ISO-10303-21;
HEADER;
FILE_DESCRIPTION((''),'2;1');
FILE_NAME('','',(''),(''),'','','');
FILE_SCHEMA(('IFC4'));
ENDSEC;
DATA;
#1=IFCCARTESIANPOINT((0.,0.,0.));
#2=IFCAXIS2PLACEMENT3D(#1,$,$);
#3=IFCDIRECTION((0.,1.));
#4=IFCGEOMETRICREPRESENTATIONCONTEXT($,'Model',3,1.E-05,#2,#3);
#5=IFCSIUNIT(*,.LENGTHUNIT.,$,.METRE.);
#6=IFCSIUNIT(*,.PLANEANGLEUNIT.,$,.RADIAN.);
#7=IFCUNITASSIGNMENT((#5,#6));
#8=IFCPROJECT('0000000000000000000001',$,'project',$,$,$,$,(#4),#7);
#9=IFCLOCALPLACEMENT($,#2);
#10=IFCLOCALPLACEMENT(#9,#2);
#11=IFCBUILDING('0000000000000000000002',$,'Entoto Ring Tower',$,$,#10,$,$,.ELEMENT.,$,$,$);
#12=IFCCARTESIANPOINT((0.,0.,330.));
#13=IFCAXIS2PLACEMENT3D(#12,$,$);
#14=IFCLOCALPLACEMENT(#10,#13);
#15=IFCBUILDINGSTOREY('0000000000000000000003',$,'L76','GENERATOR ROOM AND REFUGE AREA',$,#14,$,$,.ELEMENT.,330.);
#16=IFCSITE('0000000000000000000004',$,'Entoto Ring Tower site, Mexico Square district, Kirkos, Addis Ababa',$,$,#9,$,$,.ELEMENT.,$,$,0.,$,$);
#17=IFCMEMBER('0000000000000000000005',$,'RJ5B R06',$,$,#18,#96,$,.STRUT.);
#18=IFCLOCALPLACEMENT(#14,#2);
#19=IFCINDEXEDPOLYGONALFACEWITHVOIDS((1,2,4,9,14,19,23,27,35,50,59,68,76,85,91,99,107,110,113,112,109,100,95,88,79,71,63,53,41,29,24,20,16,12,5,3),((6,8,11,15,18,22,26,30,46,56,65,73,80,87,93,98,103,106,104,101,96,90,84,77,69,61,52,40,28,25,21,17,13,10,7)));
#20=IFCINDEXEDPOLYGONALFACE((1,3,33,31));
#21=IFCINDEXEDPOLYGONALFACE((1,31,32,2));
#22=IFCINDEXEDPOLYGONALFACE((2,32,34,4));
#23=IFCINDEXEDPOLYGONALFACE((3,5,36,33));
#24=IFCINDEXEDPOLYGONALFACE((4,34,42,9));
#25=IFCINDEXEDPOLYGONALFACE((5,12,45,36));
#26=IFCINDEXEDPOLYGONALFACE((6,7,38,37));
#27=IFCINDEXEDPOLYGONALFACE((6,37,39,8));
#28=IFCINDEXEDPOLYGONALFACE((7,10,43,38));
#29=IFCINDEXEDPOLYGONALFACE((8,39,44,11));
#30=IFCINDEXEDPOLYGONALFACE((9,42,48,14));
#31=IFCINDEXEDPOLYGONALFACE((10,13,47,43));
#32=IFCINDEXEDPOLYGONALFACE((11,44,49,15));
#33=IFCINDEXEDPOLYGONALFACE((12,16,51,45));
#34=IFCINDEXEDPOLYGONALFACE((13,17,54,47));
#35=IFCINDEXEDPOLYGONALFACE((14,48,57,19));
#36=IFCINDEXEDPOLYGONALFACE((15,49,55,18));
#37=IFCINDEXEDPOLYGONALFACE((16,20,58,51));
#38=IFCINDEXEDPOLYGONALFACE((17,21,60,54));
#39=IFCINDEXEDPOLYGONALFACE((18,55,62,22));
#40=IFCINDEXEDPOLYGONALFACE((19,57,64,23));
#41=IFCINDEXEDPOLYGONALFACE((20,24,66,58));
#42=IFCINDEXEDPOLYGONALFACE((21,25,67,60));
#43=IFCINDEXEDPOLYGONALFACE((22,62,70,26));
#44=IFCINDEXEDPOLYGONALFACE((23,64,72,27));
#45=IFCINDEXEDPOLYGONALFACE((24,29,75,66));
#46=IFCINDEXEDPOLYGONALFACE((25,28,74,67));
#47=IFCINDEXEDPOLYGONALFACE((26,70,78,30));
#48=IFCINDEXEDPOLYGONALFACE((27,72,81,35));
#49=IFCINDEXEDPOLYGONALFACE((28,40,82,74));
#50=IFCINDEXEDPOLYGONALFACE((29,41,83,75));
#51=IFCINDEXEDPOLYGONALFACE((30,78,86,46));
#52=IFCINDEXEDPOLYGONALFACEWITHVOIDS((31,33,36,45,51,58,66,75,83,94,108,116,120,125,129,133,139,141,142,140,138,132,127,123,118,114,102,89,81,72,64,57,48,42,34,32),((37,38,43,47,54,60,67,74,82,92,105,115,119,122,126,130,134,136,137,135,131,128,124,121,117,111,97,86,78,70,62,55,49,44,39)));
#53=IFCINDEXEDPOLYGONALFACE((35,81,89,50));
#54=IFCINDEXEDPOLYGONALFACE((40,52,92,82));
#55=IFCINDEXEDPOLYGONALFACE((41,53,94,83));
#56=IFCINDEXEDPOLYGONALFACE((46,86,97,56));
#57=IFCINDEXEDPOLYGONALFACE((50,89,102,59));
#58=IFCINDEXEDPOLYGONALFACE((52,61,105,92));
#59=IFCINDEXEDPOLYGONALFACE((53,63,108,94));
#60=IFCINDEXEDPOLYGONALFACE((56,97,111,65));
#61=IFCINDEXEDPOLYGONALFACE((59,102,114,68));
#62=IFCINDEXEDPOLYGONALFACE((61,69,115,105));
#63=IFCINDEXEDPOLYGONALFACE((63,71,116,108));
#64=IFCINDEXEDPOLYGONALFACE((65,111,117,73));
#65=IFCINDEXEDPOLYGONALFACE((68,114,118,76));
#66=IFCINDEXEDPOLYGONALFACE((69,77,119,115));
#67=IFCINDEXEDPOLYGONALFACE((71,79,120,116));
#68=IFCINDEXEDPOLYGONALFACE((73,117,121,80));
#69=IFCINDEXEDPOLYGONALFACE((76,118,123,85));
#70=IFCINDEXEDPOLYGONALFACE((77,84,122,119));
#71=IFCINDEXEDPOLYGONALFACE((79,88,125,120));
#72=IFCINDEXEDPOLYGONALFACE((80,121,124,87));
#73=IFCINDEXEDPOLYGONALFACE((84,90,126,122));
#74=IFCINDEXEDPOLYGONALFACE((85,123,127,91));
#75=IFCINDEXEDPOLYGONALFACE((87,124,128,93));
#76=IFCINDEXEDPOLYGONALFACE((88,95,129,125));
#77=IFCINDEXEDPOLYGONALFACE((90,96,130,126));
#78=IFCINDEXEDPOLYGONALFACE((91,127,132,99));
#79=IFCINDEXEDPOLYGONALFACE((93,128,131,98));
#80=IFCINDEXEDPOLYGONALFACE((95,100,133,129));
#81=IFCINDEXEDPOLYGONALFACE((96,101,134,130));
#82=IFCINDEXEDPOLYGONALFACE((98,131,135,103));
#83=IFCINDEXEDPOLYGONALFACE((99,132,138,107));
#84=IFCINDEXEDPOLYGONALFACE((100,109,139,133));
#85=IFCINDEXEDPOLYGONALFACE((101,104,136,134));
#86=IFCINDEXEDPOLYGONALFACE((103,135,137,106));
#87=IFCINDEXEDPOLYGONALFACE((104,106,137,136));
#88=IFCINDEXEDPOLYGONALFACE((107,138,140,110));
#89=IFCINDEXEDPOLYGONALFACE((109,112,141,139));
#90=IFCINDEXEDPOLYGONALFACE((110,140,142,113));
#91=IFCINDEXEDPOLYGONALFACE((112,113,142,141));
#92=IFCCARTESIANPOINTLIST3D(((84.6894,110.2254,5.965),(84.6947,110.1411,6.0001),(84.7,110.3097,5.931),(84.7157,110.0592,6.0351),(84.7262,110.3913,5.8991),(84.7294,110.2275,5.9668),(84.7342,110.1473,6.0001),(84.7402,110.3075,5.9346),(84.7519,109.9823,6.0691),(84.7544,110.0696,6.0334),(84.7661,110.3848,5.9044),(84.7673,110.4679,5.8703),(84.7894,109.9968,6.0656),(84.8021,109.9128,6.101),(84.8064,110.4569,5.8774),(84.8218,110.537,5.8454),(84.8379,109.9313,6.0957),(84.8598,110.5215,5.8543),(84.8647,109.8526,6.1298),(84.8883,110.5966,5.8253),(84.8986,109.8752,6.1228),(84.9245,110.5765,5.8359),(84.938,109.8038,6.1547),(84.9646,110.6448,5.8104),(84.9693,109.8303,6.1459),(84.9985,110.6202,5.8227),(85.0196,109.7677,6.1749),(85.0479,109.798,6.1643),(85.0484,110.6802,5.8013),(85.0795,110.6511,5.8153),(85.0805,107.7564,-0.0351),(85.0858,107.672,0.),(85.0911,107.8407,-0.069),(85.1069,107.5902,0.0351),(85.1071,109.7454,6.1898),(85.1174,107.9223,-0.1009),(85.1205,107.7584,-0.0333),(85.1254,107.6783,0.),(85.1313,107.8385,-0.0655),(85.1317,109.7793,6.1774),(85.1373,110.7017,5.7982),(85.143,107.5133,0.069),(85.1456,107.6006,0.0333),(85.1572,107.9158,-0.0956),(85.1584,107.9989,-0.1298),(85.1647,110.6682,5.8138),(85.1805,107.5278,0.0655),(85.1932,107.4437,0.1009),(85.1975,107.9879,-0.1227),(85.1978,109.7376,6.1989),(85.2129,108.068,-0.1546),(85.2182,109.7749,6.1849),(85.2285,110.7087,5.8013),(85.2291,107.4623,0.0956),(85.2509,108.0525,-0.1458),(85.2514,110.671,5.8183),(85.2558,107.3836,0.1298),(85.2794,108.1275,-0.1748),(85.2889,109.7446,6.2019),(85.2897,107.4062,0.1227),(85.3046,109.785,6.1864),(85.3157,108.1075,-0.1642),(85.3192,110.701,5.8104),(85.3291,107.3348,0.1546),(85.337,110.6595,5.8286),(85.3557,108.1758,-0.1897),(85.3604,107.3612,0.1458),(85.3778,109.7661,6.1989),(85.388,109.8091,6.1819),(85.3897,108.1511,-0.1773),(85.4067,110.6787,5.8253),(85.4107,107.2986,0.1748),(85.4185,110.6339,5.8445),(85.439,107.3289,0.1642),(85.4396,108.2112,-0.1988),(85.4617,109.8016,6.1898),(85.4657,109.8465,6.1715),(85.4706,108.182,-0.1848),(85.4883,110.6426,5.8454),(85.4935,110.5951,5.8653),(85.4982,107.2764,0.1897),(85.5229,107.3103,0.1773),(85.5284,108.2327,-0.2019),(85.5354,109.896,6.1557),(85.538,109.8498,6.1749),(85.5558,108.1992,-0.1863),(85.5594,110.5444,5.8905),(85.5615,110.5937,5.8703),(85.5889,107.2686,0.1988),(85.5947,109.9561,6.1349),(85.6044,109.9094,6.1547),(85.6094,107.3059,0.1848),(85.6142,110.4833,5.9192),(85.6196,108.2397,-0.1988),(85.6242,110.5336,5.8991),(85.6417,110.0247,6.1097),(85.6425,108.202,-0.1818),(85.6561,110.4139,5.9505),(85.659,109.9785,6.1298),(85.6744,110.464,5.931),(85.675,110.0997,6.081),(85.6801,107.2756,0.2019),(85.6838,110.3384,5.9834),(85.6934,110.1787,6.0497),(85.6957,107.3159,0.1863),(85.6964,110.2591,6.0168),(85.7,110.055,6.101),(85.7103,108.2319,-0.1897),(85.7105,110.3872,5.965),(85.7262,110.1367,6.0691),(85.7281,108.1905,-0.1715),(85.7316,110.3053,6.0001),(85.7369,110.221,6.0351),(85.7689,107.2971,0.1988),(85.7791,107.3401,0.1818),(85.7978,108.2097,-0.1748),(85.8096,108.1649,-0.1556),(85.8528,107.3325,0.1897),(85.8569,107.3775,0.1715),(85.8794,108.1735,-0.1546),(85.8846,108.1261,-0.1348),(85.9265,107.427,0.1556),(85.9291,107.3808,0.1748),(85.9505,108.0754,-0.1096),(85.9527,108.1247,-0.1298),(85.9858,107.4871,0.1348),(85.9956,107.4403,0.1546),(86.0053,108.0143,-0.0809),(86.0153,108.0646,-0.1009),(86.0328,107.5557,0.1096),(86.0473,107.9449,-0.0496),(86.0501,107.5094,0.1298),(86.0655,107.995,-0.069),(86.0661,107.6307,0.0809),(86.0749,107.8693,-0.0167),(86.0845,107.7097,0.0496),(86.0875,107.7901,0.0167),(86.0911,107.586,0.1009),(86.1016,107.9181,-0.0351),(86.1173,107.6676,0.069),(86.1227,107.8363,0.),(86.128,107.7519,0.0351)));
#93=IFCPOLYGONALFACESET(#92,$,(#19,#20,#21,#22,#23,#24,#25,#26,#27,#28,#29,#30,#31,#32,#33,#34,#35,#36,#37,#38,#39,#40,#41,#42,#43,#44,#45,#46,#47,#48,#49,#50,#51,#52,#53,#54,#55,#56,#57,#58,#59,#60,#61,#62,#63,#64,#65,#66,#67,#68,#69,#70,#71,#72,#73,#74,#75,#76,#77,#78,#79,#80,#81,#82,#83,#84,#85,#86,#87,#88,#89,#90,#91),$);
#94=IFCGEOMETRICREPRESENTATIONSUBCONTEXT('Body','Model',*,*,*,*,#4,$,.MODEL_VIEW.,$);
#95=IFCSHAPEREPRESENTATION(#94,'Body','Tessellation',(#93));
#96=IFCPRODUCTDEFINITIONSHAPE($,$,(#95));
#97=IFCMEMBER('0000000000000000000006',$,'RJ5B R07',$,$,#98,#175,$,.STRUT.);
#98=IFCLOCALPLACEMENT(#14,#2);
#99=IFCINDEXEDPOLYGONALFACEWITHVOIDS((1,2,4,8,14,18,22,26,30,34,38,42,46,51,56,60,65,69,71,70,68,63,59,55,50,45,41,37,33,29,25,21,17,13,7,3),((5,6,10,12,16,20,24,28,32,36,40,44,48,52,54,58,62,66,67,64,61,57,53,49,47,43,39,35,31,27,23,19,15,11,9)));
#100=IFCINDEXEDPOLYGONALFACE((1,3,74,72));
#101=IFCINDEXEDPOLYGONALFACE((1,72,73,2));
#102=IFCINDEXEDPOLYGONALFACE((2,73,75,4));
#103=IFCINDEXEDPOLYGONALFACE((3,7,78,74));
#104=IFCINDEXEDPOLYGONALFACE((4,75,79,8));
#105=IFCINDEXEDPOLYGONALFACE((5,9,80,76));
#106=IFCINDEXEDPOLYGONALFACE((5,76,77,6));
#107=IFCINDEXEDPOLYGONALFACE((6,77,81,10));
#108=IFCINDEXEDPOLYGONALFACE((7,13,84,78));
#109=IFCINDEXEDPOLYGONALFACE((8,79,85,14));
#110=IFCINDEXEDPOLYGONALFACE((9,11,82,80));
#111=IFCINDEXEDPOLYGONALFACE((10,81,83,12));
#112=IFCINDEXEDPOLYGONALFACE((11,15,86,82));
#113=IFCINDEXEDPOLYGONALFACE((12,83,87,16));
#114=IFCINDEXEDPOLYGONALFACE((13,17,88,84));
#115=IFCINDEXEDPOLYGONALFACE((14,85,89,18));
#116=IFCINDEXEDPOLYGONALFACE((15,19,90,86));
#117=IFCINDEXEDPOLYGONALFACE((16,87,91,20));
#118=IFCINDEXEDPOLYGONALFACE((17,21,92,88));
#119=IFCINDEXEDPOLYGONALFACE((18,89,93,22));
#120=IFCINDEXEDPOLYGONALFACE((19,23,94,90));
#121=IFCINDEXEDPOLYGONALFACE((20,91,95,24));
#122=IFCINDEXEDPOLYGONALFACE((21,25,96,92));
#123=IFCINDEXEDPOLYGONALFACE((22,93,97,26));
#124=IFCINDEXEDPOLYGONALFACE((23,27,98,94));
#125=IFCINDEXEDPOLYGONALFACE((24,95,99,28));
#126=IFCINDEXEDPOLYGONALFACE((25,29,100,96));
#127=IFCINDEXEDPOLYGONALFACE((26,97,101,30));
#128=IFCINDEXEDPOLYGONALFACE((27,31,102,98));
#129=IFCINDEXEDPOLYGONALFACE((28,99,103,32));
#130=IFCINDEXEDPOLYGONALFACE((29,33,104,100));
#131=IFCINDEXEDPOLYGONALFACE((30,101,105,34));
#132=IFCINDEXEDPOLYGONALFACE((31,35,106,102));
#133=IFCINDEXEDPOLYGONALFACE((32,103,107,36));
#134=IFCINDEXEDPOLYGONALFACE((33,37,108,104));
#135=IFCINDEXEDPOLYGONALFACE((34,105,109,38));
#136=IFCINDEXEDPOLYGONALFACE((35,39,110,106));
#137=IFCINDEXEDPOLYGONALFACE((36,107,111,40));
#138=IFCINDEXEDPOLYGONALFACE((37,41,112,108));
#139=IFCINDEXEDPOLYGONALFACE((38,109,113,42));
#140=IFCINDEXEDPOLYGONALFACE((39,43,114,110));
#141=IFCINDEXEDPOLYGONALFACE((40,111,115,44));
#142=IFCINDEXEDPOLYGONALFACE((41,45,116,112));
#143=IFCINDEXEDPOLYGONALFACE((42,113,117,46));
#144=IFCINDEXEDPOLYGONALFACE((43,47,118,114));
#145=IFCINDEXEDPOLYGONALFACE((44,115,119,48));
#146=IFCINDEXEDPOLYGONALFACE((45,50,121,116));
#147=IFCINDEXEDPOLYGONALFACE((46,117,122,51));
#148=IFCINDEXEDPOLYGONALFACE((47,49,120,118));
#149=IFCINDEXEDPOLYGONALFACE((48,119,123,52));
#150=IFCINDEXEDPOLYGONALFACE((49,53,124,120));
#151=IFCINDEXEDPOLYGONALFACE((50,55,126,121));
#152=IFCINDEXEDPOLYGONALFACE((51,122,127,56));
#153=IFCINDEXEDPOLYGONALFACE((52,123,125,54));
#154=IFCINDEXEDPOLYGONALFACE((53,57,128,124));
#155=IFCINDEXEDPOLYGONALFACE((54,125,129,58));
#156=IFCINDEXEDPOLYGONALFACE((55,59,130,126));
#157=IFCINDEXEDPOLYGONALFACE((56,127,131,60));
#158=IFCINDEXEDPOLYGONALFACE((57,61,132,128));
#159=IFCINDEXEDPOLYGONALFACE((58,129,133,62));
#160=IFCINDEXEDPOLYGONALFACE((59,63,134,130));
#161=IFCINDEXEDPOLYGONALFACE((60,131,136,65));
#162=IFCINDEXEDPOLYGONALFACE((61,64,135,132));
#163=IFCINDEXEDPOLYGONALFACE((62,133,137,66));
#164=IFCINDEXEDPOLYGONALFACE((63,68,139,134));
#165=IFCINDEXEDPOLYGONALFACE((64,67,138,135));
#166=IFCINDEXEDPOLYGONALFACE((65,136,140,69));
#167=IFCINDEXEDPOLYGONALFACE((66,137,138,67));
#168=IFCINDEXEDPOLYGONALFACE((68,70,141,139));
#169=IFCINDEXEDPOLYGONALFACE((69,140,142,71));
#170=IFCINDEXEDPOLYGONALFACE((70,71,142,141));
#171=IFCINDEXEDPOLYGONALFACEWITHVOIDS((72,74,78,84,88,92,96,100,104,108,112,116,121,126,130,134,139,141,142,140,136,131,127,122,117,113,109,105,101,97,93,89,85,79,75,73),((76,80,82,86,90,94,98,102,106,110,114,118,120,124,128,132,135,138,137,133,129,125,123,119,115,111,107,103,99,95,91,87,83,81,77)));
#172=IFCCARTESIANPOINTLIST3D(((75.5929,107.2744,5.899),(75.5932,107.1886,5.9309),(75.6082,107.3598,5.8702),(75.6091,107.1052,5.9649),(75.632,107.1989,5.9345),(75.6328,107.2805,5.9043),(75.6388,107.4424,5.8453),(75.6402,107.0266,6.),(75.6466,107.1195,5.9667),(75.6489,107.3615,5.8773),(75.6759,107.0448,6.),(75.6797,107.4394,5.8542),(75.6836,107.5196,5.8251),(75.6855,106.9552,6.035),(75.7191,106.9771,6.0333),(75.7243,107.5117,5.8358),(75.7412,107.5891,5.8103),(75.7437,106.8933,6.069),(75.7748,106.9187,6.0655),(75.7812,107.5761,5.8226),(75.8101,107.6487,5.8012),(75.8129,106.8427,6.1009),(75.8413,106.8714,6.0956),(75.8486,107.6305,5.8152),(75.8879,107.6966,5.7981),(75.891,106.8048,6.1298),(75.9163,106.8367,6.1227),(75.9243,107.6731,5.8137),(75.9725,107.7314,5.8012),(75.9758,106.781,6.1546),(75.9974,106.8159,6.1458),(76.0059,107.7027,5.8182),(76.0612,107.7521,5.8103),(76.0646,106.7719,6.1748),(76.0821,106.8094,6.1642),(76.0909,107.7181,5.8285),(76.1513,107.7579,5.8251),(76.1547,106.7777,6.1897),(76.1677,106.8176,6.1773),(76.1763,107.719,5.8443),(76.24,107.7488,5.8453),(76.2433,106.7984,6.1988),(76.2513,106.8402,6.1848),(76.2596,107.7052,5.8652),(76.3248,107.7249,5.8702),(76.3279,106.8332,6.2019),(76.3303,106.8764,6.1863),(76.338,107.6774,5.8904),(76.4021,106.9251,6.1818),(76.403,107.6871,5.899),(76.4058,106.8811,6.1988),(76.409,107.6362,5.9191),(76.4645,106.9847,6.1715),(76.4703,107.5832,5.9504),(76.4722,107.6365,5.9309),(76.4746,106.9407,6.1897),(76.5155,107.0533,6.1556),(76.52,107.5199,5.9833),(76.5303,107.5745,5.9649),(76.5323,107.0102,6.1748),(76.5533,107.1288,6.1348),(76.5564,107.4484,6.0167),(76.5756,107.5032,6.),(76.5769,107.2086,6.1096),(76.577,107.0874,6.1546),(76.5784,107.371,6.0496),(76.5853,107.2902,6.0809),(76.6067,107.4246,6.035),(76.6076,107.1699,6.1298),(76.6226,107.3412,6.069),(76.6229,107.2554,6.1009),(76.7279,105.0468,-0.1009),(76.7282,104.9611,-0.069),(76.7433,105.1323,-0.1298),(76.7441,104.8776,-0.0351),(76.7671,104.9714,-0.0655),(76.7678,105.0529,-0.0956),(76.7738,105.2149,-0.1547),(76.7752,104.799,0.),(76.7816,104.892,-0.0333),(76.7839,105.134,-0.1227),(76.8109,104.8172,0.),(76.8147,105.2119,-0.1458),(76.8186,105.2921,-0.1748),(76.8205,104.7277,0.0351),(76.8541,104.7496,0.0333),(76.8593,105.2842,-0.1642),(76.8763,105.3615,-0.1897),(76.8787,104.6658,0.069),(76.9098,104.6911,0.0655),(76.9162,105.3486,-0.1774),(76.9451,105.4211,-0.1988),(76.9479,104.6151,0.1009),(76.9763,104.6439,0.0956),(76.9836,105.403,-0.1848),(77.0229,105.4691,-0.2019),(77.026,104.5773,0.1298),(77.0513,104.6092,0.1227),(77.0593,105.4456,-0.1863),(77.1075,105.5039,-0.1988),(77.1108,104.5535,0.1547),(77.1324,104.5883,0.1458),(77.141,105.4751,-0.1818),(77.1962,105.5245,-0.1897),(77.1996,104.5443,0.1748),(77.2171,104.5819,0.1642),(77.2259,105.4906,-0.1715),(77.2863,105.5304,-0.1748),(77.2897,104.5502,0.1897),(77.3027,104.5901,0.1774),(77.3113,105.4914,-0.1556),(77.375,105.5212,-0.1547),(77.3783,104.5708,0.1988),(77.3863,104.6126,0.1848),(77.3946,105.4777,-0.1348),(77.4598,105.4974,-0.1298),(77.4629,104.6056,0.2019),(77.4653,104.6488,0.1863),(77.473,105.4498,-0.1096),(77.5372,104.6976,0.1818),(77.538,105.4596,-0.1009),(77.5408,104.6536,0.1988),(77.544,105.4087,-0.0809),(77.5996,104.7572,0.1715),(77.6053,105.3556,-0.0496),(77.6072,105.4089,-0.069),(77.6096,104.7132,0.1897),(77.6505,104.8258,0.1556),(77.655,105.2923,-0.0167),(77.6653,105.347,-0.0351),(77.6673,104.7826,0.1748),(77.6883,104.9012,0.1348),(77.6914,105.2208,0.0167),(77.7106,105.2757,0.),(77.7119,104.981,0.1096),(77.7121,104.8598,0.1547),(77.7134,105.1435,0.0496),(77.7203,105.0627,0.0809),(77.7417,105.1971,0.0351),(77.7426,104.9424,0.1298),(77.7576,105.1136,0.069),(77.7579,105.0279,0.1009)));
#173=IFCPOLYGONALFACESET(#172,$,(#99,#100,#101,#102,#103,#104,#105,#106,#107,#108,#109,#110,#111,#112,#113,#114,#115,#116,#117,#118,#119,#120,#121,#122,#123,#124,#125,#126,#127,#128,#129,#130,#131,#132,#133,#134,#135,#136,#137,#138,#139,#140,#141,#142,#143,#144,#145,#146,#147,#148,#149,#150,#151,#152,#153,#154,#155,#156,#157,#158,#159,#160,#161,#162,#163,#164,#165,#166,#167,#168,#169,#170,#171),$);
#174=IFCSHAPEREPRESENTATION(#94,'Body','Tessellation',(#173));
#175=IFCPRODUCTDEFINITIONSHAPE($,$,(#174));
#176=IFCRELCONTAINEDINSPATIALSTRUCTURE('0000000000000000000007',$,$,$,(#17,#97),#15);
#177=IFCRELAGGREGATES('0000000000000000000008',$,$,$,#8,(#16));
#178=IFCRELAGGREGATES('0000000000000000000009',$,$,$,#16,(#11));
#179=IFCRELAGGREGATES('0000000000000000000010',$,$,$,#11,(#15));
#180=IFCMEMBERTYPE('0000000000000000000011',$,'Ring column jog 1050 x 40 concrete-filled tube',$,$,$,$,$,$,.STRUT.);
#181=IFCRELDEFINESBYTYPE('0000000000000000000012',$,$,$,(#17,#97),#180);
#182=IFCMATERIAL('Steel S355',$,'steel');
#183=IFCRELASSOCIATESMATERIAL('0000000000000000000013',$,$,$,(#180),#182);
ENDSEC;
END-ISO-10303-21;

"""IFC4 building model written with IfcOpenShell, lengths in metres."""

from ifc_helpers import new_model, si_unit, direction, frame, origin, origin_2d, place, context, subcontext, project, spatial, circle, hollow_circle, extrude, material, material_profile, profile_set, type_object, element, save


model = new_model("IFC4")

# Units and contexts
model_context = context("Model", 3, precision=1e-05, world=origin(), true_north=direction((0.0, 1.0)))
body_context = subcontext(model_context, "Body", "Model", "MODEL_VIEW")
ifc_project = project(units=[si_unit("LENGTHUNIT", "METRE"), si_unit("PLANEANGLEUNIT", "RADIAN")], contexts=[model_context])

# Site, building, storey
site_placement = place(None, origin())
site = spatial("IfcSite", under=ifc_project, at=site_placement, Name="Entoto Ring Tower site, Mexico Square district, Kirkos, Addis Ababa", CompositionType="ELEMENT", RefElevation=0.0)
building_placement = place(site_placement, origin())
building = spatial("IfcBuilding", under=site, at=building_placement, Name="Entoto Ring Tower", CompositionType="ELEMENT")
storey_placement = place(building_placement, frame((0.0, 0.0, 330.0)))
storey = spatial("IfcBuildingStorey", under=building, at=storey_placement, Name="L76", Description="GENERATOR ROOM AND REFUGE AREA", CompositionType="ELEMENT", Elevation=330.0)

# Members
ifc_material_1 = material(Name="Steel S355", Category="steel")
ifc_material_profile_1 = material_profile(ifc_material_1, hollow_circle(Radius=0.5249, WallThickness=0.04, at=origin_2d()), Name="CHS 1050 x 40")
ifc_material_2 = material(Name="Concrete C60/75", Category="concrete")
ifc_material_profile_2 = material_profile(ifc_material_2, circle(Radius=0.4851, at=origin_2d()), Name="Concrete C60/75 infill")
ifc_profile_set_1 = profile_set([ifc_material_profile_1, ifc_material_profile_2], Name="Steel S355")
member_type_1 = type_object("IfcMemberType", Name="Ring column jog 1050 x 40 concrete-filled tube", PredefinedType="STRUT", material=ifc_profile_set_1)
for number, where, z_axis, x_axis, name in (
    (1, (85.6042, 107.7542, 0.0), (-0.060172, 0.37985, 0.923089), (-0.987684, -0.156459, 0.0), "RJ5B R06"),
    (2, (77.2429, 105.0374, 0.0), (-0.174617, 0.342698, 0.923075), (-0.891003, -0.453997, 0.0), "RJ5B R07"),
):
    element("IfcMember", number, at=place(storey_placement, frame(where, z_axis=z_axis, x_axis=x_axis)), inside=storey, type_object=member_type_1, Name=name, PredefinedType="STRUT", context=body_context, shape_type="SweptSolid", body=[
        extrude(hollow_circle(Radius=0.5249, WallThickness=0.04, at=origin_2d()), origin(), (0.0, 0.0, 1.0), 6.5),
    ])

save(model, "model.ifc")
